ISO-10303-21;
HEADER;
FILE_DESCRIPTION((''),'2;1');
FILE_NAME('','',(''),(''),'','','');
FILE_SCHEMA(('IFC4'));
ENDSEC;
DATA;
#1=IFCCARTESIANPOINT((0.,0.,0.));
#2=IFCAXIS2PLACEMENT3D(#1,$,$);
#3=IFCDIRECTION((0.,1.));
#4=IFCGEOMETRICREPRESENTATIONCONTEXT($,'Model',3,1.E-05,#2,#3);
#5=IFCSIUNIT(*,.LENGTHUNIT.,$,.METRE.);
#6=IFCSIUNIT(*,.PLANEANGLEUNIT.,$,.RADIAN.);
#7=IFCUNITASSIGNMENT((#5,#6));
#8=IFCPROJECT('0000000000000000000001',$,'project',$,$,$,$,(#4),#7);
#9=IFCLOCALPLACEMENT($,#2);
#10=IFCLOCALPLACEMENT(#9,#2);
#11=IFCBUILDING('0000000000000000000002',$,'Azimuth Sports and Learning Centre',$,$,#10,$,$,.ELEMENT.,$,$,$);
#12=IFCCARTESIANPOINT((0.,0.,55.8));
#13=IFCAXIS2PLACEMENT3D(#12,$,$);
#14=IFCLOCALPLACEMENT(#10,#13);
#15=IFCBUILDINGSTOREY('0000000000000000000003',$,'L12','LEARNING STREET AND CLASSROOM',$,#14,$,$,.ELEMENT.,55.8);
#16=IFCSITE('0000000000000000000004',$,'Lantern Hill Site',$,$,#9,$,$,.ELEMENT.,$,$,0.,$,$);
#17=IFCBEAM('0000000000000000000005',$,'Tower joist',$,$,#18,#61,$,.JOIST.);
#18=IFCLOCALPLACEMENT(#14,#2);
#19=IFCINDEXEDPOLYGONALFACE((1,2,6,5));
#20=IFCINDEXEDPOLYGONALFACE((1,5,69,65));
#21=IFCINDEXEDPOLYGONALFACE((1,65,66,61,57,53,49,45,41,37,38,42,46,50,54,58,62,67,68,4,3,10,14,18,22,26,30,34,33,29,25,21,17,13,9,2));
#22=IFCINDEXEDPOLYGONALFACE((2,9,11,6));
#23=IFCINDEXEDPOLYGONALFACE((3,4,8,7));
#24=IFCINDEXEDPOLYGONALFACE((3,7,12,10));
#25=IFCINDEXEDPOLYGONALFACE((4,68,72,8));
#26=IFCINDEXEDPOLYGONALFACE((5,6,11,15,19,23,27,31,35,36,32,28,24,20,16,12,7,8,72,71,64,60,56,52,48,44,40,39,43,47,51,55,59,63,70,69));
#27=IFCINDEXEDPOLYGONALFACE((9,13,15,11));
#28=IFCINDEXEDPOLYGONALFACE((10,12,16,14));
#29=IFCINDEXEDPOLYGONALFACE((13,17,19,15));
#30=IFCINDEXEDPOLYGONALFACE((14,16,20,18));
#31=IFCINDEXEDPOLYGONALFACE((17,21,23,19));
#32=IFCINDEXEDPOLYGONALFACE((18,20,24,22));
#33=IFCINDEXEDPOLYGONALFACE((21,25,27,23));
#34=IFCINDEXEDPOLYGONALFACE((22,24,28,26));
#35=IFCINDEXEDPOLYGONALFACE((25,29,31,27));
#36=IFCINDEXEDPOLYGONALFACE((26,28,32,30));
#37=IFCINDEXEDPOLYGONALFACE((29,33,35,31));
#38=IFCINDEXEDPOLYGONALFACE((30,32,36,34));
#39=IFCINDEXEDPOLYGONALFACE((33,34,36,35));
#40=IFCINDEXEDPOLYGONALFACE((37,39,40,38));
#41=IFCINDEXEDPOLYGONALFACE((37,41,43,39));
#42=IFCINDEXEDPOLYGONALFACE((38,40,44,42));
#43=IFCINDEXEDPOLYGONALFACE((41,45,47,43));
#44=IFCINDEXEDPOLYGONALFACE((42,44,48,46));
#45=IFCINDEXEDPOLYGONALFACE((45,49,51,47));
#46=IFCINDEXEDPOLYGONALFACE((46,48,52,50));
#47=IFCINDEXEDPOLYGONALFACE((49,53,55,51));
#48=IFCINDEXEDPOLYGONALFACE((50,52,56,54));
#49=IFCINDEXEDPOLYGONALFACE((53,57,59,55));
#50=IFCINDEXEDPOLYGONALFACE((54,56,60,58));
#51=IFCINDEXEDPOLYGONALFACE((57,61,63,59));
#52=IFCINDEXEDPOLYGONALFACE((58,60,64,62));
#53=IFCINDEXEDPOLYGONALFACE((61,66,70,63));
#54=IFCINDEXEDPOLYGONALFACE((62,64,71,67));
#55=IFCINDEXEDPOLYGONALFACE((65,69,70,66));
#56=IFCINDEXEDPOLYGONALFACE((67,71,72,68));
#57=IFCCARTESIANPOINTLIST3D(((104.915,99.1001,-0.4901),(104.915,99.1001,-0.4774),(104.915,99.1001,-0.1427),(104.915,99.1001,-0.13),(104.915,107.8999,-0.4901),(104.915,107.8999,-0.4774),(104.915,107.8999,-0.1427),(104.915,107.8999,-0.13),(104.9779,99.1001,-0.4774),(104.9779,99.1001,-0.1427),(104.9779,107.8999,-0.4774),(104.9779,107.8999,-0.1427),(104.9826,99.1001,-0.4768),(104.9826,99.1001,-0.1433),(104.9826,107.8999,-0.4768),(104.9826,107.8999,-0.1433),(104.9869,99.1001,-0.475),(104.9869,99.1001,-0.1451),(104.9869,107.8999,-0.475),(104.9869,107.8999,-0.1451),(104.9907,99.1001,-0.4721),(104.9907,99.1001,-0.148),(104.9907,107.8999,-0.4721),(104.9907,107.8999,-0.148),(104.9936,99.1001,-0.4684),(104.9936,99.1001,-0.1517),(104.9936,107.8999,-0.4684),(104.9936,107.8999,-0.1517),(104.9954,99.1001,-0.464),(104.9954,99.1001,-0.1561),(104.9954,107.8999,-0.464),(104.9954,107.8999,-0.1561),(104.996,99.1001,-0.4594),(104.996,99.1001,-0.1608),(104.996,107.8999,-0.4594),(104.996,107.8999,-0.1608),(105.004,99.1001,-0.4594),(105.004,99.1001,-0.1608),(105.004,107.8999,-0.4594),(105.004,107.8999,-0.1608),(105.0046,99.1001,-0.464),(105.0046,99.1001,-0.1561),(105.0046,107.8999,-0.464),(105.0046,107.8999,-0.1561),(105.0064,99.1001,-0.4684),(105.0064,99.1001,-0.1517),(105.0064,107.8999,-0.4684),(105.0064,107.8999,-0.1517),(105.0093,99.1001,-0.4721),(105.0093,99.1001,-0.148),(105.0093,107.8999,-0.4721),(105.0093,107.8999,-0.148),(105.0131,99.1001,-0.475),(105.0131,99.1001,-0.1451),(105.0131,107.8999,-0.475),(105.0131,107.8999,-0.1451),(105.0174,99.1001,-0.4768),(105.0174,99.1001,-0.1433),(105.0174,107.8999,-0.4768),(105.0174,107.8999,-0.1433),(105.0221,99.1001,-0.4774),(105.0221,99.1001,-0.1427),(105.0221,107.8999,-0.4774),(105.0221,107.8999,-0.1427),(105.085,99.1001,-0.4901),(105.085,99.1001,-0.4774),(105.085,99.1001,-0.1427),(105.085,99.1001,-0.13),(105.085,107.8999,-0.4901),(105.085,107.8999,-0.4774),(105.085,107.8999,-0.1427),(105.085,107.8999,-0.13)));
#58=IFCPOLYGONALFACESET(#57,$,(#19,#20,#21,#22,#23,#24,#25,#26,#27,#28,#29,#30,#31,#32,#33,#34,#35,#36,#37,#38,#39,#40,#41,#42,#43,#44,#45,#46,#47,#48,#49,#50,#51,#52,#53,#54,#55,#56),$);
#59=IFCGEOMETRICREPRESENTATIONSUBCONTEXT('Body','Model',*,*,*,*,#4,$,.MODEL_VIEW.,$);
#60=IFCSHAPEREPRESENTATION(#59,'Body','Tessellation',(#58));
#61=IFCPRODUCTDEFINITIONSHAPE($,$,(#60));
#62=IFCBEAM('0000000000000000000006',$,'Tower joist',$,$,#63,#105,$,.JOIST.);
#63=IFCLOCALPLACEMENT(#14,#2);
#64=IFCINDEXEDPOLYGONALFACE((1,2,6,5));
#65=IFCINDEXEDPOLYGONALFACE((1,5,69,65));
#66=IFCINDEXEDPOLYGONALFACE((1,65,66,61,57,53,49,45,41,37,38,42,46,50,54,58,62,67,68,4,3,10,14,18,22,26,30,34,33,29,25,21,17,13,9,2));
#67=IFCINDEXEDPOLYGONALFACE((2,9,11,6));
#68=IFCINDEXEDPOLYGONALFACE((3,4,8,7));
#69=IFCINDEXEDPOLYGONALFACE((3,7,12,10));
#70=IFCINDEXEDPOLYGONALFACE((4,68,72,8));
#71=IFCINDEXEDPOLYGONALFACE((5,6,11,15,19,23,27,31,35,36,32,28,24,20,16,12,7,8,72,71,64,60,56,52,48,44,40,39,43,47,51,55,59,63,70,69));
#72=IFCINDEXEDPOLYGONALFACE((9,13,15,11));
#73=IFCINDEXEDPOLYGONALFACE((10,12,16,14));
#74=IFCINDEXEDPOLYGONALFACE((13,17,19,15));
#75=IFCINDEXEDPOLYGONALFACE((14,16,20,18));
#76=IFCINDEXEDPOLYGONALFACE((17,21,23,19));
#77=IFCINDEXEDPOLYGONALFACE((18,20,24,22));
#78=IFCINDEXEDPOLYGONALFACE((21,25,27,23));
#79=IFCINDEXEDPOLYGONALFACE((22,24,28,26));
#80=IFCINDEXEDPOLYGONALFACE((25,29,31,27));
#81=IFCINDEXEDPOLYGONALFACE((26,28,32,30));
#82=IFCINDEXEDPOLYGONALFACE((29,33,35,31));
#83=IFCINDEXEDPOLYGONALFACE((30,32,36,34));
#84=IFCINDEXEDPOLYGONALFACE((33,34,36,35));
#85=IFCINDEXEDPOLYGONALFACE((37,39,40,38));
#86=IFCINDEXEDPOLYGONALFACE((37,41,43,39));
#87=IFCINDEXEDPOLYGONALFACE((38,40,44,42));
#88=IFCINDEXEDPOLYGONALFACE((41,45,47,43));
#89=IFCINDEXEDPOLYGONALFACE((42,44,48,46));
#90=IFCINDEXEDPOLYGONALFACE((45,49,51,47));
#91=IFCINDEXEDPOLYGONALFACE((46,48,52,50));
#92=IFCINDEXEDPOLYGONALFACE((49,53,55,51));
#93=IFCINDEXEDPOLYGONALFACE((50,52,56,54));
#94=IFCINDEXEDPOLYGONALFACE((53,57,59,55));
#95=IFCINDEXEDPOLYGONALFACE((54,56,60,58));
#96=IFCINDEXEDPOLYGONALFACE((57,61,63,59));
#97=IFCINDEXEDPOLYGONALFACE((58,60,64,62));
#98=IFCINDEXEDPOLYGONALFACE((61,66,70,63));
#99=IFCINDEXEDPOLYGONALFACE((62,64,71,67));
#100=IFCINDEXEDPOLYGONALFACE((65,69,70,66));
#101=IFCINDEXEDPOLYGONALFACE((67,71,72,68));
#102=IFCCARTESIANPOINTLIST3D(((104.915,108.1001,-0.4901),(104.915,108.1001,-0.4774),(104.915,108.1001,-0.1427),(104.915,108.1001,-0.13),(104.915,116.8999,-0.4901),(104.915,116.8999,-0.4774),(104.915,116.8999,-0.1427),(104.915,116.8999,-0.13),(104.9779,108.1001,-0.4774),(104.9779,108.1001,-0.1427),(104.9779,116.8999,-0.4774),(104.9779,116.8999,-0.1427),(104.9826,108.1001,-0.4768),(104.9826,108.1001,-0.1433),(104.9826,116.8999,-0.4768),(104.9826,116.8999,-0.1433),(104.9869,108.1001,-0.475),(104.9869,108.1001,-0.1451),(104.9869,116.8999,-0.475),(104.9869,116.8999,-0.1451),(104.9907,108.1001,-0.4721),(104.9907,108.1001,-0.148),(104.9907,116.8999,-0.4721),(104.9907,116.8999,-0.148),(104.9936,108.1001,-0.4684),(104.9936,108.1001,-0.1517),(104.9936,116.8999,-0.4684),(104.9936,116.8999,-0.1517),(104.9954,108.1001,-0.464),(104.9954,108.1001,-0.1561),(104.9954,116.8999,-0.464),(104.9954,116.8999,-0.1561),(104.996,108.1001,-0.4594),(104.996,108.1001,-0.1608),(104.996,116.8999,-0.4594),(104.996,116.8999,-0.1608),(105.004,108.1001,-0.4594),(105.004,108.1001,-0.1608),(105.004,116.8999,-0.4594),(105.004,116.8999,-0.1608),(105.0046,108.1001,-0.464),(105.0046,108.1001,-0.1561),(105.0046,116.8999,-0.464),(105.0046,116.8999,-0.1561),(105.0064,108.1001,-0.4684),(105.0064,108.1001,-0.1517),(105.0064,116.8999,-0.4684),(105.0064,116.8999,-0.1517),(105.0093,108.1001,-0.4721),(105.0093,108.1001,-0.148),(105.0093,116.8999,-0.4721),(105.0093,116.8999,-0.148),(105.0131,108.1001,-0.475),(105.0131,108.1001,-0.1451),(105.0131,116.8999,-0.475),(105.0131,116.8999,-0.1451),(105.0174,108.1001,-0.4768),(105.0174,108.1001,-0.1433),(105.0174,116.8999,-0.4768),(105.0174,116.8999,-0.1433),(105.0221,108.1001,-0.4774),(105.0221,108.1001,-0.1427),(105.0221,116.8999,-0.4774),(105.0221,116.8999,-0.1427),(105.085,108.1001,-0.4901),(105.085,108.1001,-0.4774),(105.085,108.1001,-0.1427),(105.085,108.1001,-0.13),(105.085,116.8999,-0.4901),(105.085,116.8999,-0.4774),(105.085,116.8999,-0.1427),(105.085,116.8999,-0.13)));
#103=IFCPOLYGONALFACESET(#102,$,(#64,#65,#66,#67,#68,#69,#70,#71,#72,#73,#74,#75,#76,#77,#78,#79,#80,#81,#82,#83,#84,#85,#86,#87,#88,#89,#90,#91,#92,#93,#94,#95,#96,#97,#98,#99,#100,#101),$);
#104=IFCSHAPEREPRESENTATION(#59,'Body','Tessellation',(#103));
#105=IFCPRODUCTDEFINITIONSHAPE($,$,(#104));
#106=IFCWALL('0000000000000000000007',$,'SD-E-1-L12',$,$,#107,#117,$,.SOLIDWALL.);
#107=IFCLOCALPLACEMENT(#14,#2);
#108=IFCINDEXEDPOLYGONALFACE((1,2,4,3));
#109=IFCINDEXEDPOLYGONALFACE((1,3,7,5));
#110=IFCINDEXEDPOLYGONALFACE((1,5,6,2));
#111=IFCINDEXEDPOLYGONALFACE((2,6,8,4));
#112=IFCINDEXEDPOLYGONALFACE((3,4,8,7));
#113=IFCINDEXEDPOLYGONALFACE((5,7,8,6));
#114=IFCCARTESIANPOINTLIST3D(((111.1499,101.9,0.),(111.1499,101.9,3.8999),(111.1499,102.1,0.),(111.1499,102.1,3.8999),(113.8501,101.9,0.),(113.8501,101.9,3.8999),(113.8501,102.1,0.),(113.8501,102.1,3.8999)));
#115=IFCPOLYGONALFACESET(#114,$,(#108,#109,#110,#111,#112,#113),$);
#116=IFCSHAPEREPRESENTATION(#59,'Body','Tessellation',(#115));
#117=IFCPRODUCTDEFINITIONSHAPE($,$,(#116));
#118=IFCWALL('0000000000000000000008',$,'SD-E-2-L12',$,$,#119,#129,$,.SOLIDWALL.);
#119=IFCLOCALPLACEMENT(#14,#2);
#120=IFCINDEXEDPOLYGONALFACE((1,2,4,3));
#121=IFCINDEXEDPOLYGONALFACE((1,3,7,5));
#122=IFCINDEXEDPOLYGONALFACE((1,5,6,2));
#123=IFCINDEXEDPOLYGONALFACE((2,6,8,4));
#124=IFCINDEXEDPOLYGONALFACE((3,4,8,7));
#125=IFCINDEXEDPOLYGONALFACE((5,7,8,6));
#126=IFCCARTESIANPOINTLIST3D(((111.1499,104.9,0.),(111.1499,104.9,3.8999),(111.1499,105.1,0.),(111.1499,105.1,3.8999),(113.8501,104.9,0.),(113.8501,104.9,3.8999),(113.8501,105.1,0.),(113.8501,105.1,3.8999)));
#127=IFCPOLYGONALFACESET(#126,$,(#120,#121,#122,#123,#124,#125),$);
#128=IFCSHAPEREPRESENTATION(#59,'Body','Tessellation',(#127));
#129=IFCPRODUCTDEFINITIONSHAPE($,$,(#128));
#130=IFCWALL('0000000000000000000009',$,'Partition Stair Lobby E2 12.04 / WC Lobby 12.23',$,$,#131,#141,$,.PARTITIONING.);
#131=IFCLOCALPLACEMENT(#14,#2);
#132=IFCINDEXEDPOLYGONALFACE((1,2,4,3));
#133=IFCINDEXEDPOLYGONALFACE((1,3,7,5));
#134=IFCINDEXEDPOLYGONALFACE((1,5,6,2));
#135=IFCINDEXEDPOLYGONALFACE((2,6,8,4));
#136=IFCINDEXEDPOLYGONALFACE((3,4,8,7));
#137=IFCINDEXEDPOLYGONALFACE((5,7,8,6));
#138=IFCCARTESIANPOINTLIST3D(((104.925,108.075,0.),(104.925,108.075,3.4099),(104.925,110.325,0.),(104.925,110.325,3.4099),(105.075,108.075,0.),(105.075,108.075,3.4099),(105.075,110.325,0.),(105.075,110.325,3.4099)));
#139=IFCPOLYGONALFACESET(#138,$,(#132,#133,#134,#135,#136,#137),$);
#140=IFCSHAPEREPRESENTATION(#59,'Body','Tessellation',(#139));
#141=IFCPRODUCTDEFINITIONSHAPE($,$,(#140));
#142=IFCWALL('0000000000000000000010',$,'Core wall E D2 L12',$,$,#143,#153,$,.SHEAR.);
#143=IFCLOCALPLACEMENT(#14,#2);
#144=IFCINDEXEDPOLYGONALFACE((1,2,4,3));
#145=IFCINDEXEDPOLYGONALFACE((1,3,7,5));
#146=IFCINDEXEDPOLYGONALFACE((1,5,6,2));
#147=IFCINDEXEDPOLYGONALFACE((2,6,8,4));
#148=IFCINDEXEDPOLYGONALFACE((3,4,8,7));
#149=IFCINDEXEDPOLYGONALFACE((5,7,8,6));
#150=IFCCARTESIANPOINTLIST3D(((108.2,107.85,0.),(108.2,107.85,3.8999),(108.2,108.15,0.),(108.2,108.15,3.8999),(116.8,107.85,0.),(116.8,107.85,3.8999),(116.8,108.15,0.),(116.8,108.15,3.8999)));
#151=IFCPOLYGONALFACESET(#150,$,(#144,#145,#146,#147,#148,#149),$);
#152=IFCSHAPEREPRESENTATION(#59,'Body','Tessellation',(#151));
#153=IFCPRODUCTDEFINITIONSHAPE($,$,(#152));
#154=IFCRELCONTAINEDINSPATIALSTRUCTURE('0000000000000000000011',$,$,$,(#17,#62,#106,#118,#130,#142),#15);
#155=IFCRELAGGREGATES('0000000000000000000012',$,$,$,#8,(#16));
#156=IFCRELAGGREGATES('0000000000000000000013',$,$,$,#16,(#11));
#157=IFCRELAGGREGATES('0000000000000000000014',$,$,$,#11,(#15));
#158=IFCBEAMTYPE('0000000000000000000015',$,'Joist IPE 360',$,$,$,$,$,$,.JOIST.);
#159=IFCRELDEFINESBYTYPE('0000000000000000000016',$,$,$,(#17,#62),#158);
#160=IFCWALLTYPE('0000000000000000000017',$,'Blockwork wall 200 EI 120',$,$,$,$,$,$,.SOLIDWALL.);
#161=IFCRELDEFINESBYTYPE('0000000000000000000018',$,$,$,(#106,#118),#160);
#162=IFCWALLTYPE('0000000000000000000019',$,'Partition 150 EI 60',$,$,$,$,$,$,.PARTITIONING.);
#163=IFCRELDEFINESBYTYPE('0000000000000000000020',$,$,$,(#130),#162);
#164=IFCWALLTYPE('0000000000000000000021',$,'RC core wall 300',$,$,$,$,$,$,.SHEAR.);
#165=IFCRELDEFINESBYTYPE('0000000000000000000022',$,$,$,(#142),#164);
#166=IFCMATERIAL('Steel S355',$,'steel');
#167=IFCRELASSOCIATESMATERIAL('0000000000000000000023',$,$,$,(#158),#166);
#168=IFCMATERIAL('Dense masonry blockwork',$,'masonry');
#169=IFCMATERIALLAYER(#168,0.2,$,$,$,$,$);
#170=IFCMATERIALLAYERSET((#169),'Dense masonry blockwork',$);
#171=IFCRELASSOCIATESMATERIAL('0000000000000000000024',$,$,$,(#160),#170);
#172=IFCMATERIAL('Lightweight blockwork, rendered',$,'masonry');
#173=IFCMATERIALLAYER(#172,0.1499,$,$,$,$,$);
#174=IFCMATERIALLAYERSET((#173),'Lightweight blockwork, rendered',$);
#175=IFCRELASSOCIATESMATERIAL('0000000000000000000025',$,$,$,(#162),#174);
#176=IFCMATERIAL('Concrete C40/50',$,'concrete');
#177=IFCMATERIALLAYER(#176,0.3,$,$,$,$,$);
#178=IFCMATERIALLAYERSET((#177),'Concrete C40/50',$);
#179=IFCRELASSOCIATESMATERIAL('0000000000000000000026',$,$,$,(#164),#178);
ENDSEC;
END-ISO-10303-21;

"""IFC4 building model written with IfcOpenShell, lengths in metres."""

from ifc_helpers import new_model, si_unit, direction, frame, frame_2d, origin, origin_2d, place, context, subcontext, project, spatial, rectangle, i_section, extrude, material, layer, layer_set, material_profile, profile_set, type_object, element, save


model = new_model("IFC4")

# Units and contexts
model_context = context("Model", 3, precision=1e-05, world=origin(), true_north=direction((0.0, 1.0)))
body_context = subcontext(model_context, "Body", "Model", "MODEL_VIEW")
ifc_project = project(units=[si_unit("LENGTHUNIT", "METRE"), si_unit("PLANEANGLEUNIT", "RADIAN")], contexts=[model_context])

# Site, building, storey
site_placement = place(None, origin())
site = spatial("IfcSite", under=ifc_project, at=site_placement, Name="Lantern Hill Site", CompositionType="ELEMENT", RefElevation=0.0)
building_placement = place(site_placement, origin())
building = spatial("IfcBuilding", under=site, at=building_placement, Name="Azimuth Sports and Learning Centre", CompositionType="ELEMENT")
storey_placement = place(building_placement, frame((0.0, 0.0, 55.8)))
storey = spatial("IfcBuildingStorey", under=building, at=storey_placement, Name="L12", Description="LEARNING STREET AND CLASSROOM", CompositionType="ELEMENT", Elevation=55.8)

# Beams
ifc_material_1 = material(Name="Steel S355", Category="steel")
ifc_material_profile_1 = material_profile(ifc_material_1, i_section(OverallWidth=0.1699, OverallDepth=0.3601, WebThickness=0.0081, FlangeThickness=0.0127, FilletRadius=0.0181, at=origin_2d()), Name="IPE 360")
ifc_profile_set_1 = profile_set([ifc_material_profile_1], Name="Steel S355")
beam_type_1 = type_object("IfcBeamType", Name="Joist IPE 360", PredefinedType="JOIST", material=ifc_profile_set_1)
for number, where, z_axis, x_axis, name in (
    (1, (105.0, 99.1001, -0.3101), (0.0, 1.0, 0.0), (-1.0, 0.0, 0.0), "Tower joist"),
    (2, (105.0, 108.1001, -0.3101), (0.0, 1.0, 0.0), (-1.0, 0.0, 0.0), "Tower joist"),
):
    element("IfcBeam", number, at=place(storey_placement, frame(where, z_axis=z_axis, x_axis=x_axis)), inside=storey, type_object=beam_type_1, Name=name, PredefinedType="JOIST", context=body_context, shape_type="SweptSolid", body=[
        extrude(i_section(OverallWidth=0.1699, OverallDepth=0.3601, WebThickness=0.0081, FlangeThickness=0.0127, FilletRadius=0.0181, at=origin_2d()), origin(), (0.0, 0.0, 1.0), 8.7998),
    ])

# Walls
ifc_material_2 = material(Name="Dense masonry blockwork", Category="masonry")
ifc_layer_1 = layer(ifc_material_2, 0.2)
ifc_layer_set_1 = layer_set([ifc_layer_1], Name="Dense masonry blockwork")
wall_type_1 = type_object("IfcWallType", Name="Blockwork wall 200 EI 120", PredefinedType="SOLIDWALL", material=ifc_layer_set_1)
for number, where, z_axis, x_axis, name in (
    (3, (111.1499, 102.0, 0.0), (0.0, 0.0, 1.0), (1.0, 0.0, 0.0), "SD-E-1-L12"),
    (4, (111.1499, 105.0, 0.0), (0.0, 0.0, 1.0), (1.0, 0.0, 0.0), "SD-E-2-L12"),
):
    element("IfcWall", number, at=place(storey_placement, frame(where, z_axis=z_axis, x_axis=x_axis)), inside=storey, type_object=wall_type_1, Name=name, PredefinedType="SOLIDWALL", context=body_context, shape_type="SweptSolid", body=[
        extrude(rectangle(XDim=2.7002, YDim=0.2, at=frame_2d((1.3501, 0.0))), origin(), (0.0, 0.0, 1.0), 3.8999),
    ])
ifc_material_3 = material(Name="Lightweight blockwork, rendered", Category="masonry")
ifc_layer_2 = layer(ifc_material_3, 0.1499)
ifc_layer_set_2 = layer_set([ifc_layer_2], Name="Lightweight blockwork, rendered")
wall_type_2 = type_object("IfcWallType", Name="Partition 150 EI 60", PredefinedType="PARTITIONING", material=ifc_layer_set_2)
wall_1_placement = place(storey_placement, frame((105.0, 108.075, 0.0), z_axis=(0.0, 0.0, 1.0), x_axis=(0.0, 1.0, 0.0)))
element("IfcWall", 5, at=wall_1_placement, inside=storey, type_object=wall_type_2, Name="Partition Stair Lobby E2 12.04 / WC Lobby 12.23", PredefinedType="PARTITIONING", context=body_context, shape_type="SweptSolid", body=[
    extrude(rectangle(XDim=2.25, YDim=0.1499, at=frame_2d((1.125, 0.0))), origin(), (0.0, 0.0, 1.0), 3.4099),
])
ifc_material_4 = material(Name="Concrete C40/50", Category="concrete")
ifc_layer_3 = layer(ifc_material_4, 0.3)
ifc_layer_set_3 = layer_set([ifc_layer_3], Name="Concrete C40/50")
wall_type_3 = type_object("IfcWallType", Name="RC core wall 300", PredefinedType="SHEAR", material=ifc_layer_set_3)
wall_2_placement = place(storey_placement, frame((108.2, 108.0, 0.0), z_axis=(0.0, 0.0, 1.0), x_axis=(1.0, 0.0, 0.0)))
element("IfcWall", 6, at=wall_2_placement, inside=storey, type_object=wall_type_3, Name="Core wall E D2 L12", PredefinedType="SHEAR", context=body_context, shape_type="SweptSolid", body=[
    extrude(rectangle(XDim=8.6001, YDim=0.3, at=frame_2d((4.3, 0.0))), origin(), (0.0, 0.0, 1.0), 3.8999),
])

save(model, "model.ifc")
